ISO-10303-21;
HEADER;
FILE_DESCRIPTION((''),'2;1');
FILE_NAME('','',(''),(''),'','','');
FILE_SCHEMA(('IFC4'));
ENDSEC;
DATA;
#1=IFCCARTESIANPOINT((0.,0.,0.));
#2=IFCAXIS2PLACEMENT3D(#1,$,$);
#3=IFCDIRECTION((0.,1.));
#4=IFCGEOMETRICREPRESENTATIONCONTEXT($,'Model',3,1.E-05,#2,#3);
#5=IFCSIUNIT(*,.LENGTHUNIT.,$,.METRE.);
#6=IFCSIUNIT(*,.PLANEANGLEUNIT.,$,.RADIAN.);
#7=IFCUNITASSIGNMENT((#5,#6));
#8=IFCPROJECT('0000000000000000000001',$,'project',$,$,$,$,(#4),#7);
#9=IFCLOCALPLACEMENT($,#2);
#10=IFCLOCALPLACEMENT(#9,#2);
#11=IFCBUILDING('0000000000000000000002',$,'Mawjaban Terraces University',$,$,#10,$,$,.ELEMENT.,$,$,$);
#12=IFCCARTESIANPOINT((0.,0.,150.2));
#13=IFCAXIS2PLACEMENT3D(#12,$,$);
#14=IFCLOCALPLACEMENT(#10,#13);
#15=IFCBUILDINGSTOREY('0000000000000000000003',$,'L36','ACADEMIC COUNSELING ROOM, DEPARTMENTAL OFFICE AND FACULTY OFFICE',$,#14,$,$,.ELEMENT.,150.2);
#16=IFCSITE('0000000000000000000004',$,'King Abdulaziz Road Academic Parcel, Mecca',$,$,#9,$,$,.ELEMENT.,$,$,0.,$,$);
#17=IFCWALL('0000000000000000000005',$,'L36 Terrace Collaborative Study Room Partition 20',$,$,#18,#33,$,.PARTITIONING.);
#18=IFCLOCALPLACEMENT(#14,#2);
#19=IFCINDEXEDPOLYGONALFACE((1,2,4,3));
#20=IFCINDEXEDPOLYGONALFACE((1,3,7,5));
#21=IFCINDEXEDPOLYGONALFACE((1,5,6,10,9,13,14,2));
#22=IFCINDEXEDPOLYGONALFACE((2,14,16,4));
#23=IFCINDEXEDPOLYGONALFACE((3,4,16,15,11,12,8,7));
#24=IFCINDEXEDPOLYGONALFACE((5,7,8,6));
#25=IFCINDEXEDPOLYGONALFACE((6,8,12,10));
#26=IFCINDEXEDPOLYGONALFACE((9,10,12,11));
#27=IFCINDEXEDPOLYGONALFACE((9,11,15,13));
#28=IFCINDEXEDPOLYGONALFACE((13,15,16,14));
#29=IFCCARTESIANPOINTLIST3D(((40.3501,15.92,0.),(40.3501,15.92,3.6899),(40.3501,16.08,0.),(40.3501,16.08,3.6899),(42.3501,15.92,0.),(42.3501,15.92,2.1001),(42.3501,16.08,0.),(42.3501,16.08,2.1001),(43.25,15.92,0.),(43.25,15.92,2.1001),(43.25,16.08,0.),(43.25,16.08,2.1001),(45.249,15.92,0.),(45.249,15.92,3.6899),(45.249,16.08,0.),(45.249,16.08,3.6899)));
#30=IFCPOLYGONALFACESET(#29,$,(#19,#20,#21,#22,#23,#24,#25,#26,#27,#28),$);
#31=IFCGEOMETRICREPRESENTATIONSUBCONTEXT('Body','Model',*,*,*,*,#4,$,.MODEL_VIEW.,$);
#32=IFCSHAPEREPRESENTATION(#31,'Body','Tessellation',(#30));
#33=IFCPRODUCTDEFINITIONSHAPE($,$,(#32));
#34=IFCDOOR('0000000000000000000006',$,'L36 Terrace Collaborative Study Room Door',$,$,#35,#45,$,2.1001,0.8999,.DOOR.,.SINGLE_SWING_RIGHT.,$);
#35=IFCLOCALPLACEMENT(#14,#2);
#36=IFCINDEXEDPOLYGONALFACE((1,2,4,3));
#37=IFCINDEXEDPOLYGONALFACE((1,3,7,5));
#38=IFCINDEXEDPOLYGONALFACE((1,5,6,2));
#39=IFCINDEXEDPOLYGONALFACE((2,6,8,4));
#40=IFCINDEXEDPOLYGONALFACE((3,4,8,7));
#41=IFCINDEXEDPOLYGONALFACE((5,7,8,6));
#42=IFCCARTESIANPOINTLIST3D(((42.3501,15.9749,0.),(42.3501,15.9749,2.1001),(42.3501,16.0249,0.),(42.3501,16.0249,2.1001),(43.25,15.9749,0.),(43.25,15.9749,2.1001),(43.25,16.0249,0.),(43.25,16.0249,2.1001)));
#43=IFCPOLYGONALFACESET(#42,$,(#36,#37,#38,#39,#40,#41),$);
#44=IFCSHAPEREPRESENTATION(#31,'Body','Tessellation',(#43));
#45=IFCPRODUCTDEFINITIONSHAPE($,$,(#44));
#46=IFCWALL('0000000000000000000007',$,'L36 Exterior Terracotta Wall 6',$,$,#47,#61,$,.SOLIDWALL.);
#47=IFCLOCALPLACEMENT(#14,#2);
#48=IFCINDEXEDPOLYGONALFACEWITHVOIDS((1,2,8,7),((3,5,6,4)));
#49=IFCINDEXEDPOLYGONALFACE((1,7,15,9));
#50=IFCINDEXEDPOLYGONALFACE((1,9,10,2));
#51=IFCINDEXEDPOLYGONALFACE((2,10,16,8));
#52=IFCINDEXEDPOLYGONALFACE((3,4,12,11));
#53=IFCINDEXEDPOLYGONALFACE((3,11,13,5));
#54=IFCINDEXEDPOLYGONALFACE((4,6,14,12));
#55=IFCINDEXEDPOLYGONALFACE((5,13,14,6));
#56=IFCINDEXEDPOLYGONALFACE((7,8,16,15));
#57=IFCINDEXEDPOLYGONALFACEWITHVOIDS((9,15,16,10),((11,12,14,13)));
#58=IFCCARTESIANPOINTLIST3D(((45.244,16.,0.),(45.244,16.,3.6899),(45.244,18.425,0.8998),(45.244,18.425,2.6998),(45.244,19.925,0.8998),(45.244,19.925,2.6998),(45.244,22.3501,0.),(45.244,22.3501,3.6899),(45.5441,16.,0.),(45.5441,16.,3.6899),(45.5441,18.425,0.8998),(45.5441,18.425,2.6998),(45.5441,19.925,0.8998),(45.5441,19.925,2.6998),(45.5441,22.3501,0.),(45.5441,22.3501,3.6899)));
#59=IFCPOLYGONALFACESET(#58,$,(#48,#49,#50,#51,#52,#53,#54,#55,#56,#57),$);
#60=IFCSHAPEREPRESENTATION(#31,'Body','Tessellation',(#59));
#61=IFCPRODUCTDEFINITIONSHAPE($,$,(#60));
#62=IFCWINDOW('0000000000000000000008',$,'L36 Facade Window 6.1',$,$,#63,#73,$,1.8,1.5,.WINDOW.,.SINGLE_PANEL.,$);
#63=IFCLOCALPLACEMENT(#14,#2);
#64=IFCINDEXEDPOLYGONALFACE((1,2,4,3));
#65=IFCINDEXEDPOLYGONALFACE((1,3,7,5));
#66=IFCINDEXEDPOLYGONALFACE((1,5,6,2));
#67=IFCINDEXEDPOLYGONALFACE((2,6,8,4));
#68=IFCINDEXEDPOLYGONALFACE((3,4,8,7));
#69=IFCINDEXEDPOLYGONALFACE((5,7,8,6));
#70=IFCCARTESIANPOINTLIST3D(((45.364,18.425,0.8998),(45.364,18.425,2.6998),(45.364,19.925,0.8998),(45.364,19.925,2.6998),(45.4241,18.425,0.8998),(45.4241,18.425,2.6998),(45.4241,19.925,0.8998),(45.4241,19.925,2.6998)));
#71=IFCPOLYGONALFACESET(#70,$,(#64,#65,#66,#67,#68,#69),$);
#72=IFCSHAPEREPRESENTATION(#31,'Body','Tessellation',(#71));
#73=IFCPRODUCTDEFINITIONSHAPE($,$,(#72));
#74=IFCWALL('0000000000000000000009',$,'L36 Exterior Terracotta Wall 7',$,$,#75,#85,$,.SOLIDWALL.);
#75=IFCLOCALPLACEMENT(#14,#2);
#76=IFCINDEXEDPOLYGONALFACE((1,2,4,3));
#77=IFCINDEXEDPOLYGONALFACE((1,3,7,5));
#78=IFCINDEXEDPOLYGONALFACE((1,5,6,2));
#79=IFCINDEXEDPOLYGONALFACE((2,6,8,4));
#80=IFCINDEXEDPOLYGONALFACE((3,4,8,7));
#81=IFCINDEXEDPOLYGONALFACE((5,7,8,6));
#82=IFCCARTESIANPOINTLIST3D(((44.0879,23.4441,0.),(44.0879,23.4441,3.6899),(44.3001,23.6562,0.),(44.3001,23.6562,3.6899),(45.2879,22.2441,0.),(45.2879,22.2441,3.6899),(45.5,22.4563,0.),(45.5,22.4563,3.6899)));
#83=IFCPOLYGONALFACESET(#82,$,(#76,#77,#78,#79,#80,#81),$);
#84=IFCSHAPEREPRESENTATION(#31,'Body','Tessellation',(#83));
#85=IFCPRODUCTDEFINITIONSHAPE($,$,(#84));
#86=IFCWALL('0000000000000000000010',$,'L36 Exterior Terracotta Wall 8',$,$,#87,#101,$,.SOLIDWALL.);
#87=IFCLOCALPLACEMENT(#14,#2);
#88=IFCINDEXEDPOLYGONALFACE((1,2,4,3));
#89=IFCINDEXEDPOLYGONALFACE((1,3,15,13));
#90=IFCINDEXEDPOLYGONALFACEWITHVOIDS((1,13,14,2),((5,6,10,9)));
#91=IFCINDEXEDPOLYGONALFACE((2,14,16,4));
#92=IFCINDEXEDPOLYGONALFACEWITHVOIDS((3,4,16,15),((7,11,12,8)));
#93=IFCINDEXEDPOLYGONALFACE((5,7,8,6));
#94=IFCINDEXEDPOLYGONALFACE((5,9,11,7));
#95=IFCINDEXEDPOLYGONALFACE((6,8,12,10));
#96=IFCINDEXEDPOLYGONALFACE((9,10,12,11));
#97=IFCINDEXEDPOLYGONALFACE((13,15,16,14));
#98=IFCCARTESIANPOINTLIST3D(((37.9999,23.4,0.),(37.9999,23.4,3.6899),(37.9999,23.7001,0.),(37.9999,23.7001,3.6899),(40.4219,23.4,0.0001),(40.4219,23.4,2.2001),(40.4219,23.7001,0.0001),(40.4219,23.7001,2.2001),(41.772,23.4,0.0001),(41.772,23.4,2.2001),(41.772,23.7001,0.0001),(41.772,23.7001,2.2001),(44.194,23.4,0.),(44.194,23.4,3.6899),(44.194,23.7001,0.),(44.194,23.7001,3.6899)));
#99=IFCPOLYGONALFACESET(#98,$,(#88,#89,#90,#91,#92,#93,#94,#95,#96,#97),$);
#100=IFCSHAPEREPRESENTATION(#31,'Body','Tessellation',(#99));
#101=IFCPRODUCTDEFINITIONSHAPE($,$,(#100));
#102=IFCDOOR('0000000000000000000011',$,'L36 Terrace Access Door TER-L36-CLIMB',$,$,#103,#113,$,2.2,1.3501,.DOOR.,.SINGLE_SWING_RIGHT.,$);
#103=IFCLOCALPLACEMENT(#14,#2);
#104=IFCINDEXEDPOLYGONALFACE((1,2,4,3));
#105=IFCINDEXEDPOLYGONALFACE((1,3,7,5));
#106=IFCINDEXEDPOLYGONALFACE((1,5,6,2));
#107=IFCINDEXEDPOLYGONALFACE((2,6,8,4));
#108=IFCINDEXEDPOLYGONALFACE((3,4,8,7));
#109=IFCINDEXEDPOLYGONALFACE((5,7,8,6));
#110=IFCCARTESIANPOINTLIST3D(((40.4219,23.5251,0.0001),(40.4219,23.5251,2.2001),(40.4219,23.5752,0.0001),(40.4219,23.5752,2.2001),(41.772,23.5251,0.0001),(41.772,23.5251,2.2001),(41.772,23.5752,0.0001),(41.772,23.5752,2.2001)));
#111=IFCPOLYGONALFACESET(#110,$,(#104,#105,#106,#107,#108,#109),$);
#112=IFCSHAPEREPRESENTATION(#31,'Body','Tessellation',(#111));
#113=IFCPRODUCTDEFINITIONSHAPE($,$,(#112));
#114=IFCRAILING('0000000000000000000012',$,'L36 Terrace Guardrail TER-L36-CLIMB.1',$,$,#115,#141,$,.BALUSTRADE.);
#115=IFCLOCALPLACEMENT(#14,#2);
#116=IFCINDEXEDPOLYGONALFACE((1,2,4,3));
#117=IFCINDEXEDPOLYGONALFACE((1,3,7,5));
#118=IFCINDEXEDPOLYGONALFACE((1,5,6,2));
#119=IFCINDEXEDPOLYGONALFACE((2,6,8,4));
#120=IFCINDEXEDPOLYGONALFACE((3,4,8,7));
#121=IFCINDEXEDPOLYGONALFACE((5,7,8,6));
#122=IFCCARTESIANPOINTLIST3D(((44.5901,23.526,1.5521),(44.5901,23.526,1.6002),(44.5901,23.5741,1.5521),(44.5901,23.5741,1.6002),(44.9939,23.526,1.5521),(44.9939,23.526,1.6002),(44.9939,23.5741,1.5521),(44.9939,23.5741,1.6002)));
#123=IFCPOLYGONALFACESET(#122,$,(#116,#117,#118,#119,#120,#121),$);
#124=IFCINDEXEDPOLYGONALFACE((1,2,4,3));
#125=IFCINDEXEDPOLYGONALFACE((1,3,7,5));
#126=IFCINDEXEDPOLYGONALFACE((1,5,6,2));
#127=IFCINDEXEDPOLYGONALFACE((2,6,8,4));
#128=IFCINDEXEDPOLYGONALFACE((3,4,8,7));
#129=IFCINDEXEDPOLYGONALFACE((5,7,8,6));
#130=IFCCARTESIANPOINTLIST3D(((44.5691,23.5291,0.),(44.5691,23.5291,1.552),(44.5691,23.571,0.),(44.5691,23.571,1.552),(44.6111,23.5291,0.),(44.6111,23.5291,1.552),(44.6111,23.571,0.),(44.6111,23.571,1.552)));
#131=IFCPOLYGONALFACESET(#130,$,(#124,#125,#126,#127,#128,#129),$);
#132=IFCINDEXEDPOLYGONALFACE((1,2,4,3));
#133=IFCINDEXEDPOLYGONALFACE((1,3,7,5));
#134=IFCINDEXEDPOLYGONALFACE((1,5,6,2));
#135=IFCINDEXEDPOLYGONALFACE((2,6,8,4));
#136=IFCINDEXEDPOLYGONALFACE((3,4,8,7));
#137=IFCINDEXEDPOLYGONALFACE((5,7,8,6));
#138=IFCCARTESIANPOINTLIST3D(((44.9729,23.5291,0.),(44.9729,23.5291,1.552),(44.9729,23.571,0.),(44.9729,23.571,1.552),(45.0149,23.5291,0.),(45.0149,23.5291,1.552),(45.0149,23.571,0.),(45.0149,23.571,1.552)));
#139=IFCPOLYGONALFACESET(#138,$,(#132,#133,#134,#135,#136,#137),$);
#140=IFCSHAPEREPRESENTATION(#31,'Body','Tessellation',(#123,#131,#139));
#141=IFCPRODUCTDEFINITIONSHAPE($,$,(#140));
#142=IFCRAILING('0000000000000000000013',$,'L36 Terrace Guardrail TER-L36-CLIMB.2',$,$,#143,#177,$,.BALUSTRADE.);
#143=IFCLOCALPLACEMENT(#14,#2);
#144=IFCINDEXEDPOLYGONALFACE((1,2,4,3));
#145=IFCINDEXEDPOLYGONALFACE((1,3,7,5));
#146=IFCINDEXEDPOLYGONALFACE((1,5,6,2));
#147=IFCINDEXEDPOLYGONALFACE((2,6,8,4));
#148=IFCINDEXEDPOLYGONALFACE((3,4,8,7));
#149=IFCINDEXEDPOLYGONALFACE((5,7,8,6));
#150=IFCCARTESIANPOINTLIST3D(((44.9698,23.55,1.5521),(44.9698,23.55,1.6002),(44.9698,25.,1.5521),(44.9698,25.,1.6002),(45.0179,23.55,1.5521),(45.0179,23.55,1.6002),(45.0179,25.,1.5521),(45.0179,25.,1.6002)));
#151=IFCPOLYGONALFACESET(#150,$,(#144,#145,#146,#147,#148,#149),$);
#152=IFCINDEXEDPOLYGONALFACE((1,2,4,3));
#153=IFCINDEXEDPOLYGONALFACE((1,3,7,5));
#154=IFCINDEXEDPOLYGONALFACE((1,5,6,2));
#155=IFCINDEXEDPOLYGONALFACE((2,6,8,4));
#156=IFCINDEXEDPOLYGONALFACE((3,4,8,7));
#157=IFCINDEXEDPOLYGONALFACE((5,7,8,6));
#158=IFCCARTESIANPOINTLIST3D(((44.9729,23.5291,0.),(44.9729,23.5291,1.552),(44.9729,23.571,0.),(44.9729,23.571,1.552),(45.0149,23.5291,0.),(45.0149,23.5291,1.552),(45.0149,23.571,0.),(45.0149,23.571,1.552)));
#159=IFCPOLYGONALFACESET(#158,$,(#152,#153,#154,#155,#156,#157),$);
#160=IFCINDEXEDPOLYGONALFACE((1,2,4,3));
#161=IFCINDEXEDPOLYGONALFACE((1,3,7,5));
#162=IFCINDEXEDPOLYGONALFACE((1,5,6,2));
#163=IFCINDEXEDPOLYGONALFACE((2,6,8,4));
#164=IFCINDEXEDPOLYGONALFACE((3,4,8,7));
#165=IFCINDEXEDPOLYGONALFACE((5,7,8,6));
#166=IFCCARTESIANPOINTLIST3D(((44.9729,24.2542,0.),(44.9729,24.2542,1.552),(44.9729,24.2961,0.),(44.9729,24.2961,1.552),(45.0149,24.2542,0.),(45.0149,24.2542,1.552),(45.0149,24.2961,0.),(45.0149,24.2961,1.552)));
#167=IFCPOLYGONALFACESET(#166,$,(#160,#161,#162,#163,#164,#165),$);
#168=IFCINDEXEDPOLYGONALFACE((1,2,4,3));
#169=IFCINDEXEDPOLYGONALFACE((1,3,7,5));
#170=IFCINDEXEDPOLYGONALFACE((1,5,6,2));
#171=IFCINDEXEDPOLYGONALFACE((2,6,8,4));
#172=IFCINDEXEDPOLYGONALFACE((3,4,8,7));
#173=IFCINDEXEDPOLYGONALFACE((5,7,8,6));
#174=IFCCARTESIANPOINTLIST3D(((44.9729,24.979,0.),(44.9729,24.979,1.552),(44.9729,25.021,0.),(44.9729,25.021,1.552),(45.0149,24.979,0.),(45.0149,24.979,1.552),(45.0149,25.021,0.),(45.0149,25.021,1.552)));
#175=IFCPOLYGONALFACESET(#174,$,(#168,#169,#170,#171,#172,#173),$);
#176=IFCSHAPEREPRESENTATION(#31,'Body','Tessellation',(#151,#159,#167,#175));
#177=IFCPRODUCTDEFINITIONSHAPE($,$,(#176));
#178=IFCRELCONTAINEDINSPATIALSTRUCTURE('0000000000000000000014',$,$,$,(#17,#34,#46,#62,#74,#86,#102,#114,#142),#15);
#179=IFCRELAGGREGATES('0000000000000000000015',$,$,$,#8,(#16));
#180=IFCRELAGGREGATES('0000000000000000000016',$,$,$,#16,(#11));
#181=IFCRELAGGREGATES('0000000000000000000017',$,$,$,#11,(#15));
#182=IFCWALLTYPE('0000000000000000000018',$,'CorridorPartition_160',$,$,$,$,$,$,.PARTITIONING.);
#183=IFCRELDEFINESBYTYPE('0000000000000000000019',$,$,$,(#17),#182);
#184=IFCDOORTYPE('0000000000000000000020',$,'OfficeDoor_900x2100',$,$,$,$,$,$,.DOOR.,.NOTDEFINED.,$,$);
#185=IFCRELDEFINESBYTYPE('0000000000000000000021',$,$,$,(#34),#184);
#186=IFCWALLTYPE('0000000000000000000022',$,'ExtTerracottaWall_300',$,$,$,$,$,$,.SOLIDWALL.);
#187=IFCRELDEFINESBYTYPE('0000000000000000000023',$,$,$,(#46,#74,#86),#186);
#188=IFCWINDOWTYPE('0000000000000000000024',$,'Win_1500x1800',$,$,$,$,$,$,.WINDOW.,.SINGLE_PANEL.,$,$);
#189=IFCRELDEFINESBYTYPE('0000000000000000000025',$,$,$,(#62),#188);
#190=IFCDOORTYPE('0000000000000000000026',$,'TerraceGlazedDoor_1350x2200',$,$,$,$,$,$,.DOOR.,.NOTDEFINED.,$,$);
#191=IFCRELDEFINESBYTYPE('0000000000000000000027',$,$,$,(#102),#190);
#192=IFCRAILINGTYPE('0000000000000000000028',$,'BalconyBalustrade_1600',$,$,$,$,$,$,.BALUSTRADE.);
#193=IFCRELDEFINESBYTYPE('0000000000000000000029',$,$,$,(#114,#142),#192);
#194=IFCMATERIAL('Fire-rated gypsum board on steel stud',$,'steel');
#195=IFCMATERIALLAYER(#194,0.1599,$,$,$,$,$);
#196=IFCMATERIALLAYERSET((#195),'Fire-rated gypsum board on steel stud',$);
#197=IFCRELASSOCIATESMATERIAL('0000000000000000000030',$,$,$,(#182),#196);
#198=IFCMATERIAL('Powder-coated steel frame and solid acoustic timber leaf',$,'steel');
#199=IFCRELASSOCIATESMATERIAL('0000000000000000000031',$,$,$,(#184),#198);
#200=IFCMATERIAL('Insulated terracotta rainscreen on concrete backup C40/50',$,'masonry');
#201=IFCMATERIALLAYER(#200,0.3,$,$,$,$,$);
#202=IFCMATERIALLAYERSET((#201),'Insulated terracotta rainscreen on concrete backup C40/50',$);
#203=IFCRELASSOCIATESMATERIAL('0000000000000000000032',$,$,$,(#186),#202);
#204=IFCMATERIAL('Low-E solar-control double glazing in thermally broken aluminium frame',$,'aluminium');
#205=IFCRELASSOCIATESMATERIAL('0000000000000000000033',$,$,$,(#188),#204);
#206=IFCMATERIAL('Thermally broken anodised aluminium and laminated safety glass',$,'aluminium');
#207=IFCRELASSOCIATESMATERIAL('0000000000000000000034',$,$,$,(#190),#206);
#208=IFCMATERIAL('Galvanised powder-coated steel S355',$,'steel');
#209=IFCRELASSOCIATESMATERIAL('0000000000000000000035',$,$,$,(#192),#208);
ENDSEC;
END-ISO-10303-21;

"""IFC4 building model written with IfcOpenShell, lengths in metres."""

from ifc_helpers import new_model, si_unit, direction, frame, frame_2d, origin, origin_2d, place, context, subcontext, project, spatial, rectangle, extrude, material, layer, layer_set, type_object, element, fill, save


model = new_model("IFC4")

# Units and contexts
model_context = context("Model", 3, precision=1e-05, world=origin(), true_north=direction((0.0, 1.0)))
body_context = subcontext(model_context, "Body", "Model", "MODEL_VIEW")
ifc_project = project(units=[si_unit("LENGTHUNIT", "METRE"), si_unit("PLANEANGLEUNIT", "RADIAN")], contexts=[model_context])

# Site, building, storey
site_placement = place(None, origin())
site = spatial("IfcSite", under=ifc_project, at=site_placement, Name="King Abdulaziz Road Academic Parcel, Mecca", CompositionType="ELEMENT", RefElevation=0.0)
building_placement = place(site_placement, origin())
building = spatial("IfcBuilding", under=site, at=building_placement, Name="Mawjaban Terraces University", CompositionType="ELEMENT")
storey_placement = place(building_placement, frame((0.0, 0.0, 150.2)))
storey = spatial("IfcBuildingStorey", under=building, at=storey_placement, Name="L36", Description="ACADEMIC COUNSELING ROOM, DEPARTMENTAL OFFICE AND FACULTY OFFICE", CompositionType="ELEMENT", Elevation=150.2)

# Wall, opening, door
ifc_material_1 = material(Name="Fire-rated gypsum board on steel stud", Category="steel")
ifc_layer_1 = layer(ifc_material_1, 0.1599)
ifc_layer_set_1 = layer_set([ifc_layer_1], Name="Fire-rated gypsum board on steel stud")
wall_type_1 = type_object("IfcWallType", Name="CorridorPartition_160", PredefinedType="PARTITIONING", material=ifc_layer_set_1)
wall_1_placement = place(storey_placement, frame((40.3501, 16.0, 0.0), z_axis=(0.0, 0.0, 1.0), x_axis=(1.0, 0.0, 0.0)))
wall_1 = element("IfcWall", 1, at=wall_1_placement, inside=storey, type_object=wall_type_1, Name="L36 Terrace Collaborative Study Room Partition 20", PredefinedType="PARTITIONING", context=body_context, shape_type="SweptSolid", body=[
    extrude(rectangle(XDim=4.8989, YDim=0.1599, at=frame_2d((2.4495, 0.0))), origin(), (0.0, 0.0, 1.0), 3.6899),
])
opening_1_placement = place(wall_1_placement, frame((2.0, 0.0, 0.0)))
opening_1 = element("IfcOpeningElement", 2, at=opening_1_placement, cuts=wall_1, PredefinedType="OPENING", context=body_context, shape_type="SweptSolid", body=[
    extrude(rectangle(XDim=0.8999, YDim=2.1001, at=frame_2d((0.45, 1.05))), frame((0.0, 0.0898, 0.0), z_axis=(0.0, -1.0, 0.0), x_axis=(1.0, 0.0, 0.0)), (0.0, 0.0, 1.0), 0.1799),
])
ifc_material_2 = material(Name="Powder-coated steel frame and solid acoustic timber leaf", Category="steel")
door_type_1 = type_object("IfcDoorType", Name="OfficeDoor_900x2100", OperationType="NOTDEFINED", PredefinedType="DOOR", material=ifc_material_2)
door_1_placement = place(opening_1_placement, origin())
door_1 = element("IfcDoor", 3, at=door_1_placement, inside=storey, type_object=door_type_1, Name="L36 Terrace Collaborative Study Room Door", OperationType="SINGLE_SWING_RIGHT", OverallHeight=2.1001, OverallWidth=0.8999, PredefinedType="DOOR", context=body_context, shape_type="SweptSolid", body=[
    extrude(rectangle(XDim=0.8999, YDim=2.1001, at=frame_2d((0.45, 1.05))), frame((0.0, 0.0249, 0.0), z_axis=(0.0, -1.0, 0.0), x_axis=(1.0, 0.0, 0.0)), (0.0, 0.0, 1.0), 0.05),
])
fill(opening_1, door_1)

# Wall, opening, window
ifc_material_3 = material(Name="Insulated terracotta rainscreen on concrete backup C40/50", Category="masonry")
ifc_layer_2 = layer(ifc_material_3, 0.3)
ifc_layer_set_2 = layer_set([ifc_layer_2], Name="Insulated terracotta rainscreen on concrete backup C40/50")
wall_type_2 = type_object("IfcWallType", Name="ExtTerracottaWall_300", PredefinedType="SOLIDWALL", material=ifc_layer_set_2)
wall_2_placement = place(storey_placement, frame((45.394, 16.0, 0.0), z_axis=(0.0, 0.0, 1.0), x_axis=(0.0, 1.0, 0.0)))
wall_2 = element("IfcWall", 4, at=wall_2_placement, inside=storey, type_object=wall_type_2, Name="L36 Exterior Terracotta Wall 6", PredefinedType="SOLIDWALL", context=body_context, shape_type="SweptSolid", body=[
    extrude(rectangle(XDim=6.3501, YDim=0.3, at=frame_2d((3.175, 0.0))), origin(), (0.0, 0.0, 1.0), 3.6899),
])
opening_2_placement = place(wall_2_placement, frame((2.425, 0.0, 0.8999)))
opening_2 = element("IfcOpeningElement", 5, at=opening_2_placement, cuts=wall_2, PredefinedType="OPENING", context=body_context, shape_type="SweptSolid", body=[
    extrude(rectangle(XDim=1.5, YDim=1.8, at=frame_2d((0.75, 0.8999))), frame((0.0, 0.1599, 0.0), z_axis=(0.0, -1.0, 0.0), x_axis=(1.0, 0.0, 0.0)), (0.0, 0.0, 1.0), 0.3201),
])
ifc_material_4 = material(Name="Low-E solar-control double glazing in thermally broken aluminium frame", Category="aluminium")
window_type = type_object("IfcWindowType", Name="Win_1500x1800", PartitioningType="SINGLE_PANEL", PredefinedType="WINDOW", material=ifc_material_4)
window_placement = place(opening_2_placement, origin())
window = element("IfcWindow", 6, at=window_placement, inside=storey, type_object=window_type, Name="L36 Facade Window 6.1", OverallHeight=1.8, OverallWidth=1.5, PartitioningType="SINGLE_PANEL", PredefinedType="WINDOW", context=body_context, shape_type="SweptSolid", body=[
    extrude(rectangle(XDim=1.5, YDim=1.8, at=frame_2d((0.75, 0.8999))), frame((0.0, 0.03, 0.0), z_axis=(0.0, -1.0, 0.0), x_axis=(1.0, 0.0, 0.0)), (0.0, 0.0, 1.0), 0.0601),
])
fill(opening_2, window)

# Wall
wall_3_placement = place(storey_placement, frame((45.394, 22.3501, 0.0), z_axis=(0.0, 0.0, 1.0), x_axis=(-0.707107, 0.707107, 0.0)))
element("IfcWall", 7, at=wall_3_placement, inside=storey, type_object=wall_type_2, Name="L36 Exterior Terracotta Wall 7", PredefinedType="SOLIDWALL", context=body_context, shape_type="SweptSolid", body=[
    extrude(rectangle(XDim=1.697, YDim=0.3, at=frame_2d((0.8486, 0.0))), origin(), (0.0, 0.0, 1.0), 3.6899),
])

# Wall, opening, door
wall_4_placement = place(storey_placement, frame((44.1941, 23.55, 0.0), z_axis=(0.0, 0.0, 1.0), x_axis=(-1.0, 0.0, 0.0)))
wall_4 = element("IfcWall", 8, at=wall_4_placement, inside=storey, type_object=wall_type_2, Name="L36 Exterior Terracotta Wall 8", PredefinedType="SOLIDWALL", context=body_context, shape_type="SweptSolid", body=[
    extrude(rectangle(XDim=6.1941, YDim=0.3, at=frame_2d((3.0972, 0.0))), origin(), (0.0, 0.0, 1.0), 3.6899),
])
opening_3_placement = place(wall_4_placement, frame((2.4221, 0.0, 0.0)))
opening_3 = element("IfcOpeningElement", 9, at=opening_3_placement, cuts=wall_4, PredefinedType="OPENING", context=body_context, shape_type="SweptSolid", body=[
    extrude(rectangle(XDim=1.3501, YDim=2.2, at=frame_2d((0.675, 1.1001))), frame((0.0, 0.1599, 0.0), z_axis=(0.0, -1.0, 0.0), x_axis=(1.0, 0.0, 0.0)), (0.0, 0.0, 1.0), 0.3201),
])
ifc_material_5 = material(Name="Thermally broken anodised aluminium and laminated safety glass", Category="aluminium")
door_type_2 = type_object("IfcDoorType", Name="TerraceGlazedDoor_1350x2200", OperationType="NOTDEFINED", PredefinedType="DOOR", material=ifc_material_5)
door_2_placement = place(opening_3_placement, origin())
door_2 = element("IfcDoor", 10, at=door_2_placement, inside=storey, type_object=door_type_2, Name="L36 Terrace Access Door TER-L36-CLIMB", OperationType="SINGLE_SWING_RIGHT", OverallHeight=2.2, OverallWidth=1.3501, PredefinedType="DOOR", context=body_context, shape_type="SweptSolid", body=[
    extrude(rectangle(XDim=1.3501, YDim=2.2, at=frame_2d((0.675, 1.1001))), frame((0.0, 0.0249, 0.0), z_axis=(0.0, -1.0, 0.0), x_axis=(1.0, 0.0, 0.0)), (0.0, 0.0, 1.0), 0.05),
])
fill(opening_3, door_2)

# Railings
ifc_material_6 = material(Name="Galvanised powder-coated steel S355", Category="steel")
railing_type = type_object("IfcRailingType", Name="BalconyBalustrade_1600", PredefinedType="BALUSTRADE", material=ifc_material_6)
railing_1_placement = place(storey_placement, frame((44.5901, 23.55, 0.0)))
element("IfcRailing", 11, at=railing_1_placement, inside=storey, type_object=railing_type, Name="L36 Terrace Guardrail TER-L36-CLIMB.1", PredefinedType="BALUSTRADE", context=body_context, shape_type="SweptSolid", body=[
    extrude(rectangle(XDim=0.0481, YDim=0.0481, at=origin_2d()), frame((0.0, 0.0, 1.5762), z_axis=(1.0, 0.0, 0.0), x_axis=(0.0, 1.0, 0.0)), (0.0, 0.0, 1.0), 0.4038),
    extrude(rectangle(XDim=0.042, YDim=0.042, at=origin_2d()), origin(), (0.0, 0.0, 1.0), 1.552),
    extrude(rectangle(XDim=0.042, YDim=0.042, at=origin_2d()), frame((0.4038, 0.0, 0.0)), (0.0, 0.0, 1.0), 1.552),
])
railing_2_placement = place(storey_placement, frame((44.9939, 23.55, 0.0)))
element("IfcRailing", 12, at=railing_2_placement, inside=storey, type_object=railing_type, Name="L36 Terrace Guardrail TER-L36-CLIMB.2", PredefinedType="BALUSTRADE", context=body_context, shape_type="SweptSolid", body=[
    extrude(rectangle(XDim=0.0481, YDim=0.0481, at=origin_2d()), frame((0.0, 0.0, 1.5762), z_axis=(0.0, 1.0, 0.0), x_axis=(-1.0, 0.0, 0.0)), (0.0, 0.0, 1.0), 1.45),
    extrude(rectangle(XDim=0.042, YDim=0.042, at=origin_2d()), origin(), (0.0, 0.0, 1.0), 1.552),
    extrude(rectangle(XDim=0.042, YDim=0.042, at=origin_2d()), frame((0.0, 0.7251, 0.0)), (0.0, 0.0, 1.0), 1.552),
    extrude(rectangle(XDim=0.042, YDim=0.042, at=origin_2d()), frame((0.0, 1.45, 0.0)), (0.0, 0.0, 1.0), 1.552),
])

save(model, "model.ifc")
